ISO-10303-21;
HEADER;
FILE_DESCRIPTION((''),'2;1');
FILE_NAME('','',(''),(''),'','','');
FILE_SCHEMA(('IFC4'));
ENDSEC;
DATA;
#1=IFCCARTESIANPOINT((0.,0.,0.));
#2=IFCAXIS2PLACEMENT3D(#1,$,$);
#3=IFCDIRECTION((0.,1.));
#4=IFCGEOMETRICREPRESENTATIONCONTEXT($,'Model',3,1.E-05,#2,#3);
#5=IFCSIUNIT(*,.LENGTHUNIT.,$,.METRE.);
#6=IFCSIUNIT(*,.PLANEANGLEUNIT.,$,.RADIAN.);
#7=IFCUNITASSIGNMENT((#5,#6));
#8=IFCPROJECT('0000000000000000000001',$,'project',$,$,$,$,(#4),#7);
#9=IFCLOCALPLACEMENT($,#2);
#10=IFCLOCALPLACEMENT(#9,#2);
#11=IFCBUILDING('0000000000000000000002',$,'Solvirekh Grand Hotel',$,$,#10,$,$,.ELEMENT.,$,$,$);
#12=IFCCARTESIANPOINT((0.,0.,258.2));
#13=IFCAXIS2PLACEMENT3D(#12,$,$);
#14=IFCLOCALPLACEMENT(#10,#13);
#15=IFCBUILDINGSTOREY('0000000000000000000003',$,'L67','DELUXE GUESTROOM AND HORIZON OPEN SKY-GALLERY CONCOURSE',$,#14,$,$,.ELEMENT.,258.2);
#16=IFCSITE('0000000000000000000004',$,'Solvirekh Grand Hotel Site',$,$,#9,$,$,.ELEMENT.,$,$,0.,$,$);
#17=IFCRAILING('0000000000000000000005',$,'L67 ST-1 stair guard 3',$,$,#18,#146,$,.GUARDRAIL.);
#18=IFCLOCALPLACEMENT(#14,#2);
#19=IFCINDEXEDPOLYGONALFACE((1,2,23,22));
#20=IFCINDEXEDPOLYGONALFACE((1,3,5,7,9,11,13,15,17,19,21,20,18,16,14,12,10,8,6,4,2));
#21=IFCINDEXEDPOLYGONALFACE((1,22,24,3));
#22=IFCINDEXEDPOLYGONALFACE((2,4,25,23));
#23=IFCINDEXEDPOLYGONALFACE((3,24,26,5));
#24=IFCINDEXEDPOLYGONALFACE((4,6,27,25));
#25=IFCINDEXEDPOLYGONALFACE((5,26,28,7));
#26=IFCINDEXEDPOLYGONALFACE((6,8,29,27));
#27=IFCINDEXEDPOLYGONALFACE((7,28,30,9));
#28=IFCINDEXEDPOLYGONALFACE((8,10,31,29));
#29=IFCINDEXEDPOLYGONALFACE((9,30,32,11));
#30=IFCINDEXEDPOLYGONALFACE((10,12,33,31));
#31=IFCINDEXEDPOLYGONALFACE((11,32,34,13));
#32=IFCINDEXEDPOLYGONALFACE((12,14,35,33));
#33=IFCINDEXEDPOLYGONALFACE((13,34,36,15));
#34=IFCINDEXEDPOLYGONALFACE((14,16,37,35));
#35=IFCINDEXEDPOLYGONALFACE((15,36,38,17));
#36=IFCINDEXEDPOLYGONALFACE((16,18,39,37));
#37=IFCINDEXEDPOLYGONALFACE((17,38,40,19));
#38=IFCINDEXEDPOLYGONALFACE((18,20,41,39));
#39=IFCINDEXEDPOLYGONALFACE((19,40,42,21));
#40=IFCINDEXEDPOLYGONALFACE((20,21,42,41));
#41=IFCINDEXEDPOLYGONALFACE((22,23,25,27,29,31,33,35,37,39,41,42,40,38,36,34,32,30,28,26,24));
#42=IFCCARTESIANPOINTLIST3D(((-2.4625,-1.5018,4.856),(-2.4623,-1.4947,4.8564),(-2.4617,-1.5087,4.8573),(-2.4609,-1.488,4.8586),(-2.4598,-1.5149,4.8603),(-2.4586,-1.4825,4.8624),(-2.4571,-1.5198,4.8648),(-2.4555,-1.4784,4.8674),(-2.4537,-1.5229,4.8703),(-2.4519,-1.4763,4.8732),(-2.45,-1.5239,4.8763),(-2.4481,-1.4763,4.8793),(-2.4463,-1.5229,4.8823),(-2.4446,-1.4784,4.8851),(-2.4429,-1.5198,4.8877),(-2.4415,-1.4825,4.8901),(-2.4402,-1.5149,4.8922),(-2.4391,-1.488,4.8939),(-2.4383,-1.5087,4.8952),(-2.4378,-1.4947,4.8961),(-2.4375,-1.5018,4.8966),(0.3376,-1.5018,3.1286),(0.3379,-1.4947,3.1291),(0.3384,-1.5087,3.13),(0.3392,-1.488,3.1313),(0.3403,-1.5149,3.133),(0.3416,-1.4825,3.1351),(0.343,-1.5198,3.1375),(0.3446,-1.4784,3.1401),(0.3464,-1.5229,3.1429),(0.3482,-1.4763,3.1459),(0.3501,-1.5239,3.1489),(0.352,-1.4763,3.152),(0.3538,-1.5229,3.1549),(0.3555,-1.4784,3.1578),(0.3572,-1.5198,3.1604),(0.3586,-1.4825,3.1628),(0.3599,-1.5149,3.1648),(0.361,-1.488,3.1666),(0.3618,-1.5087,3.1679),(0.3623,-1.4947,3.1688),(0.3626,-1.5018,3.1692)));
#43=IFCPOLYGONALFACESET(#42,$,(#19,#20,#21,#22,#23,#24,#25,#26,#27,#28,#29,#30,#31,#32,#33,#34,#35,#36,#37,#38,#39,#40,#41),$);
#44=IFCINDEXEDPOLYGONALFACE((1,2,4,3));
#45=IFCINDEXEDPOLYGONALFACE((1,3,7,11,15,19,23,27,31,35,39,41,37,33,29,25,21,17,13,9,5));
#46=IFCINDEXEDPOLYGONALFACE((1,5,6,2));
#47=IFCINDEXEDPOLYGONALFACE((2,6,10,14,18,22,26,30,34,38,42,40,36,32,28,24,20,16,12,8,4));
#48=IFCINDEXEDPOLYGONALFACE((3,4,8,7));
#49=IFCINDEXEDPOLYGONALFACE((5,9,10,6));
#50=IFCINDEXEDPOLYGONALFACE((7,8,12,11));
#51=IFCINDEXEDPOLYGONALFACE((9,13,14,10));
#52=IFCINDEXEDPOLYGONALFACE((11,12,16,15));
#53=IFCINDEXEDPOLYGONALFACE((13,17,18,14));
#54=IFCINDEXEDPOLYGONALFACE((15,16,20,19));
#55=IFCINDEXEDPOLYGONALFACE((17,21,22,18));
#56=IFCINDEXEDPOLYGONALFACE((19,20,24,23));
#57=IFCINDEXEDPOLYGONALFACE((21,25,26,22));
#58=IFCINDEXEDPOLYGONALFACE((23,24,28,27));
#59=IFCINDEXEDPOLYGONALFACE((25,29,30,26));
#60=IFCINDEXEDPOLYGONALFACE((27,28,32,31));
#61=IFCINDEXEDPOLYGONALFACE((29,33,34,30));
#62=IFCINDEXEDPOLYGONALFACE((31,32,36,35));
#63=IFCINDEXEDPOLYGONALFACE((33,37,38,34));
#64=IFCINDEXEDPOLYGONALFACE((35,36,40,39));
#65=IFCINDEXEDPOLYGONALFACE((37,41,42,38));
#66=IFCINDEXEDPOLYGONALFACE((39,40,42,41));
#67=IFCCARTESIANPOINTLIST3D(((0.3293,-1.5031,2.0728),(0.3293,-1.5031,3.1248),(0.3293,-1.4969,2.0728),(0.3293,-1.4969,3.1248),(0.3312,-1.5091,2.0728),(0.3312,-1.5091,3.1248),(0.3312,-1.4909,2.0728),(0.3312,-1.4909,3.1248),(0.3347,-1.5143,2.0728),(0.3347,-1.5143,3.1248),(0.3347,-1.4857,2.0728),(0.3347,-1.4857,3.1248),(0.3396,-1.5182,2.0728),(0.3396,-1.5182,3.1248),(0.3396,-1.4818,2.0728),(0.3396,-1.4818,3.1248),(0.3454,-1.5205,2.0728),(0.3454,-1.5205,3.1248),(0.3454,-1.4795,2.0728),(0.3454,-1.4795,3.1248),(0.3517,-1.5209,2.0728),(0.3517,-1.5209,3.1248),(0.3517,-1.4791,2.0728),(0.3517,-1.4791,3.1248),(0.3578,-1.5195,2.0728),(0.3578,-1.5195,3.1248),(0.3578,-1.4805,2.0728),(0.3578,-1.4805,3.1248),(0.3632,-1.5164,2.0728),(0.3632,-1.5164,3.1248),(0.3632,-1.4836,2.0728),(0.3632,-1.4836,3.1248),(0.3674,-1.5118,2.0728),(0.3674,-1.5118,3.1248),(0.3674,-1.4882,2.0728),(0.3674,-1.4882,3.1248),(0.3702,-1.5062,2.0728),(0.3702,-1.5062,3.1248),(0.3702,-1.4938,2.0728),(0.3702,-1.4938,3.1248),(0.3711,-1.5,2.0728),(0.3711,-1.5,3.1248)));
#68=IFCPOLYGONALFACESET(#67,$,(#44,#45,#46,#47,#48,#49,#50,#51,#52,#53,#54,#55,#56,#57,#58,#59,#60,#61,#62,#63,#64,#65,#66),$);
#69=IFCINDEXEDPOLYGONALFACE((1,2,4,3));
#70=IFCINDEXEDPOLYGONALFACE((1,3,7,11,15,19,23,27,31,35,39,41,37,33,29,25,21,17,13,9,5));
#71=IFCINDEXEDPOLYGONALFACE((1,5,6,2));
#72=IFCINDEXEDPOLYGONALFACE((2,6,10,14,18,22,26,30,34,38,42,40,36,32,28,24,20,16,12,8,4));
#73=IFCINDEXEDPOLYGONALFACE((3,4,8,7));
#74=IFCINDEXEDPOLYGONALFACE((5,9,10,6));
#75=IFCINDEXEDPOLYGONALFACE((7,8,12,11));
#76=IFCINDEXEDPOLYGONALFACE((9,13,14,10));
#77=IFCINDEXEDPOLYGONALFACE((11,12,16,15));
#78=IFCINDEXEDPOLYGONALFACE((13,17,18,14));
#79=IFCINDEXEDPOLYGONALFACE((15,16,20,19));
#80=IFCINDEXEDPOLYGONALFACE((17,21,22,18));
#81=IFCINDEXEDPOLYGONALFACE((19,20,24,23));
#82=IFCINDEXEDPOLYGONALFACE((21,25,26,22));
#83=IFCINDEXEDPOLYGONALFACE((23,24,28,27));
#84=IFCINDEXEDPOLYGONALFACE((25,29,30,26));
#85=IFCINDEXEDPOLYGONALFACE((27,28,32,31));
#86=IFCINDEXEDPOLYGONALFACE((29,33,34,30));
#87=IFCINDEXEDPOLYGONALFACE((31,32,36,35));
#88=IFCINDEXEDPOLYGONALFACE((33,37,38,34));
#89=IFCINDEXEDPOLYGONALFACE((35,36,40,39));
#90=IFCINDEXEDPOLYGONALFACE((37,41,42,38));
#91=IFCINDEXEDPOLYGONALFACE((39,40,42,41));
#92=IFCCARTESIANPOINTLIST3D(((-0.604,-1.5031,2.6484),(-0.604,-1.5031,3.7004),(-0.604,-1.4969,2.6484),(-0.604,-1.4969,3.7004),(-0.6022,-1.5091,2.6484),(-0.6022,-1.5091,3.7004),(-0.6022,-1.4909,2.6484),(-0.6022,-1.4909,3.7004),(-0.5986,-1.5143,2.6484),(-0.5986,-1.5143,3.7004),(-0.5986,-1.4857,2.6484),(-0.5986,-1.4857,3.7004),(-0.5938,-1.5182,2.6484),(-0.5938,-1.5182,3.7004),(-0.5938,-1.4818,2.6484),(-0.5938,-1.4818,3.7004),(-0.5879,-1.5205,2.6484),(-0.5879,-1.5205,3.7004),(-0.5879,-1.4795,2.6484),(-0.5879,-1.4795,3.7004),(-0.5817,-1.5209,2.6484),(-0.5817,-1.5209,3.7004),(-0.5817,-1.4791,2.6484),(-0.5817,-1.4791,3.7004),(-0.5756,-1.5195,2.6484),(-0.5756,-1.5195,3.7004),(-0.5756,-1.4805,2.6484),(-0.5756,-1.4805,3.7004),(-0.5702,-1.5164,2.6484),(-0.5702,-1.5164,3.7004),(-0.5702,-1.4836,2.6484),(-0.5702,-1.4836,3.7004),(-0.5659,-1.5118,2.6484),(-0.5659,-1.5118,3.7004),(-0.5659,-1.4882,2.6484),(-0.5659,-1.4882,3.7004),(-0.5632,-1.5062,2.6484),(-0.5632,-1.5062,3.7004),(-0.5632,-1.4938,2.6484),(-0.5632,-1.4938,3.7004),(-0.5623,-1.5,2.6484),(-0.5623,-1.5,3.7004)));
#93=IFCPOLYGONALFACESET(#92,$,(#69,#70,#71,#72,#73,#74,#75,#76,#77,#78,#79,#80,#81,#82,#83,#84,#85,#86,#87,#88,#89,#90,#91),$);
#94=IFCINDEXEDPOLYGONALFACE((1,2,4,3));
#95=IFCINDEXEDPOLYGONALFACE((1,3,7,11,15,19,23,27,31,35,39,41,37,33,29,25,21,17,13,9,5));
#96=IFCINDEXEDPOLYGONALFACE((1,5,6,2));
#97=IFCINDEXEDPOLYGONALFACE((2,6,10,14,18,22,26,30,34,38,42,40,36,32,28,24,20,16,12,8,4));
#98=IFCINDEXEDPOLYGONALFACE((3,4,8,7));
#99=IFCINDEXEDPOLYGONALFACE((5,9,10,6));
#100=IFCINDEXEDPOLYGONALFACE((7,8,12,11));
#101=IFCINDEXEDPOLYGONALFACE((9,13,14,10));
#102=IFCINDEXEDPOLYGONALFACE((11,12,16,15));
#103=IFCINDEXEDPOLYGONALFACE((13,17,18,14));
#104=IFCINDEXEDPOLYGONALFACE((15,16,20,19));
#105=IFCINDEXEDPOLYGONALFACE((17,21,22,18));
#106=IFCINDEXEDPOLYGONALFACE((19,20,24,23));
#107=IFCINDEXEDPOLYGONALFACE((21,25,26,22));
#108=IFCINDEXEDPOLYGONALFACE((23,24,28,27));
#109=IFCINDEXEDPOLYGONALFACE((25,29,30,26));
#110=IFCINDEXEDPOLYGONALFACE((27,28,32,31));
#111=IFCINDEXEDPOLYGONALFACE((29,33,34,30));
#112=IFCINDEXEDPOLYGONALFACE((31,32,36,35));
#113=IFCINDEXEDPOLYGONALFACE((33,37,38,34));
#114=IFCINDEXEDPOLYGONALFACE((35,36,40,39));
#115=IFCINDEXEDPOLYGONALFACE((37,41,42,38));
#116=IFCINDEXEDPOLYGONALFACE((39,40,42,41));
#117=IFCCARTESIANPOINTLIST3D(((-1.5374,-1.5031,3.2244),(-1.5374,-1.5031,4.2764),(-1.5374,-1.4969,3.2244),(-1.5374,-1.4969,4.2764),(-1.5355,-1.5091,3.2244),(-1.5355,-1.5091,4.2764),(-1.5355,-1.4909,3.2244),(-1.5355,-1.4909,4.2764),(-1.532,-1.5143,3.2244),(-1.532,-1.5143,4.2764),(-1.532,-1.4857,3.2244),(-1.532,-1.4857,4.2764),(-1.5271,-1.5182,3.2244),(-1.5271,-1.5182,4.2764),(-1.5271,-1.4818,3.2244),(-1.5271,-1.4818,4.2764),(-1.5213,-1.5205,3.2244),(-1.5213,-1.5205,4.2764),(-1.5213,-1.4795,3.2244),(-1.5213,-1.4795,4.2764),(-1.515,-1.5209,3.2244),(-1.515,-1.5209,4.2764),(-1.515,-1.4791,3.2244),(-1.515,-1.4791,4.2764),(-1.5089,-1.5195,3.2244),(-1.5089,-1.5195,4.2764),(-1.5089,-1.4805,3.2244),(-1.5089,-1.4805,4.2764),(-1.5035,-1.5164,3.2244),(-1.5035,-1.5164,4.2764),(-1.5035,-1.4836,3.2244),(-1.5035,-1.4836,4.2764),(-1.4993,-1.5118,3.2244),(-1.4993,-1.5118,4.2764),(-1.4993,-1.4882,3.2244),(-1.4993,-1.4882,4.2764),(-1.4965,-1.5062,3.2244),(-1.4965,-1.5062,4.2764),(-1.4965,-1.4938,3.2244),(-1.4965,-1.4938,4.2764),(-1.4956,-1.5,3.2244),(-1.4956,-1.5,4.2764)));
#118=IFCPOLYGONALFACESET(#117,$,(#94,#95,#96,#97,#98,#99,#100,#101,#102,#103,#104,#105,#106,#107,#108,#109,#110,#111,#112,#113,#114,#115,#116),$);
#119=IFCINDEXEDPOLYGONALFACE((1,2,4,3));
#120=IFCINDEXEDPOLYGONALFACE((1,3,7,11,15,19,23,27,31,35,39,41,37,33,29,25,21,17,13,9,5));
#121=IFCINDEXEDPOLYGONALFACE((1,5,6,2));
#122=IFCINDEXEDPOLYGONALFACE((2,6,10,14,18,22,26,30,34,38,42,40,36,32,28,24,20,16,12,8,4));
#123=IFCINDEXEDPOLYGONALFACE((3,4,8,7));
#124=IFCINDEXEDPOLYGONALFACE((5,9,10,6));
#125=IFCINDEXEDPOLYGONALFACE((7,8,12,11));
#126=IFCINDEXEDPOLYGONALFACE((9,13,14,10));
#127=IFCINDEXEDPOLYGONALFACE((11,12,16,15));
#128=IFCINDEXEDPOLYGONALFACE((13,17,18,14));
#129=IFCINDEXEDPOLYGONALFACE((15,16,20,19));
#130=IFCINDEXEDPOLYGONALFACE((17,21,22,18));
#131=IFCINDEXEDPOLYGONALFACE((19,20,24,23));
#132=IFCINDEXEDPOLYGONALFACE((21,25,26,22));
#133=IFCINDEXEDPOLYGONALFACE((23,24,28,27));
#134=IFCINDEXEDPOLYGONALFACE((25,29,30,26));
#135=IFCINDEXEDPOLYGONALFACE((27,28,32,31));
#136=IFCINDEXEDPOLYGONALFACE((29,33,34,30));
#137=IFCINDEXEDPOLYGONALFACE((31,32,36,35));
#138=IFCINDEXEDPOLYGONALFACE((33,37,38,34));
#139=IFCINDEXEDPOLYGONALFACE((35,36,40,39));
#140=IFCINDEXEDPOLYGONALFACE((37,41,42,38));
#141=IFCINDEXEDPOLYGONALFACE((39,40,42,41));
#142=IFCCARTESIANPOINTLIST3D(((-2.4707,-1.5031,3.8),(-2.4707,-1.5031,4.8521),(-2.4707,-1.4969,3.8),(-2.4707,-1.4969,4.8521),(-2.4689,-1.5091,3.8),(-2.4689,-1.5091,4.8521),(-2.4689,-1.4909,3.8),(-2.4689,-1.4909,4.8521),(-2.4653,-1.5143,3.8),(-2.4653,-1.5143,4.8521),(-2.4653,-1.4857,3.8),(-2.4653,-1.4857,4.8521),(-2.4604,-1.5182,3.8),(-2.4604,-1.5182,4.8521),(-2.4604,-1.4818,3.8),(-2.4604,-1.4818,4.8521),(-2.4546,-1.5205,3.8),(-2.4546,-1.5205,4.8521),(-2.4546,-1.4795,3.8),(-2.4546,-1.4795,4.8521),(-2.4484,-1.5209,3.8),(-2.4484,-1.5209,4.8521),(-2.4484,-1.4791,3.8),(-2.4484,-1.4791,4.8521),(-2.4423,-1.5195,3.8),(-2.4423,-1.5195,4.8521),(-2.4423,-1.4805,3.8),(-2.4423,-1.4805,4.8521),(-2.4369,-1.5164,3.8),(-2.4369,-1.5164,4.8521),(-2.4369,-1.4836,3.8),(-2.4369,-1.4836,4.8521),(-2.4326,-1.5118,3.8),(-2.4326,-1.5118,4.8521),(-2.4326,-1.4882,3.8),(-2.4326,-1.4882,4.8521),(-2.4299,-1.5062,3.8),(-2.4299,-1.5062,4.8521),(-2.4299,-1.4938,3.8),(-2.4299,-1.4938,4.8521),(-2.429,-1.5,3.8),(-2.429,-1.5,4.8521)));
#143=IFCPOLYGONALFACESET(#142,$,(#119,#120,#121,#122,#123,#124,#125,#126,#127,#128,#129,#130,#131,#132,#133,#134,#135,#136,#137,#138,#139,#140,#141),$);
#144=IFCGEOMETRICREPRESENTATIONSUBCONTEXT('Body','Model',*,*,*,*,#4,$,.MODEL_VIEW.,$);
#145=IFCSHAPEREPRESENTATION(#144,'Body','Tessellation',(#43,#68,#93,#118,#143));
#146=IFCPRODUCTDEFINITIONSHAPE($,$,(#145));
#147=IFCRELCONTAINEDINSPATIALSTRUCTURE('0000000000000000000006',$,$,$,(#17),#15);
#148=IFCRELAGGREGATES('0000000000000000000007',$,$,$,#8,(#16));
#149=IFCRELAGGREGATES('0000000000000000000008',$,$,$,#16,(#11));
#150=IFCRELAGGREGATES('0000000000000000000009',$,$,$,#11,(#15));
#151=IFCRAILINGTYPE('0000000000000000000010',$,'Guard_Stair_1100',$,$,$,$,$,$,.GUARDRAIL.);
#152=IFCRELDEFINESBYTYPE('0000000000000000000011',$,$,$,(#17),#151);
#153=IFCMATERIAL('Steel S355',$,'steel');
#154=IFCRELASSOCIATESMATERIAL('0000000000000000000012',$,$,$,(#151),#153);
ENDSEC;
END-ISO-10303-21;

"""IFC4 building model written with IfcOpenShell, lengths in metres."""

from ifc_helpers import new_model, si_unit, direction, frame, origin, origin_2d, place, context, subcontext, project, spatial, circle, extrude, material, type_object, element, save


model = new_model("IFC4")

# Units and contexts
model_context = context("Model", 3, precision=1e-05, world=origin(), true_north=direction((0.0, 1.0)))
body_context = subcontext(model_context, "Body", "Model", "MODEL_VIEW")
ifc_project = project(units=[si_unit("LENGTHUNIT", "METRE"), si_unit("PLANEANGLEUNIT", "RADIAN")], contexts=[model_context])

# Site, building, storey
site_placement = place(None, origin())
site = spatial("IfcSite", under=ifc_project, at=site_placement, Name="Solvirekh Grand Hotel Site", CompositionType="ELEMENT", RefElevation=0.0)
building_placement = place(site_placement, origin())
building = spatial("IfcBuilding", under=site, at=building_placement, Name="Solvirekh Grand Hotel", CompositionType="ELEMENT")
storey_placement = place(building_placement, frame((0.0, 0.0, 258.2)))
storey = spatial("IfcBuildingStorey", under=building, at=storey_placement, Name="L67", Description="DELUXE GUESTROOM AND HORIZON OPEN SKY-GALLERY CONCOURSE", CompositionType="ELEMENT", Elevation=258.2)

# Shared definitions
ifc_material_1 = material(Name="Steel S355", Category="steel")

# Railing
railing_type_1 = type_object("IfcRailingType", Name="Guard_Stair_1100", PredefinedType="GUARDRAIL", material=ifc_material_1)
railing_1_placement = place(storey_placement, frame((0.3501, -1.5, 2.0728)))
element("IfcRailing", 1, at=railing_1_placement, inside=storey, type_object=railing_type_1, Name="L67 ST-1 stair guard 3", PredefinedType="GUARDRAIL", context=body_context, shape_type="SweptSolid", body=[
    extrude(circle(Radius=0.0239, at=origin_2d()), frame((0.0, 0.0, 1.0762), z_axis=(-0.85109, 0.0, 0.52502), x_axis=(0.0, -1.0, 0.0)), (0.0, 0.0, 1.0), 3.29),
    extrude(circle(Radius=0.021, at=origin_2d()), origin(), (0.0, 0.0, 1.0), 1.052),
    extrude(circle(Radius=0.021, at=origin_2d()), frame((-0.9333, 0.0, 0.5757)), (0.0, 0.0, 1.0), 1.052),
    extrude(circle(Radius=0.021, at=origin_2d()), frame((-1.8667, 0.0, 1.1516)), (0.0, 0.0, 1.0), 1.052),
    extrude(circle(Radius=0.021, at=origin_2d()), frame((-2.8, 0.0, 1.7273)), (0.0, 0.0, 1.0), 1.052),
])

save(model, "model.ifc")
